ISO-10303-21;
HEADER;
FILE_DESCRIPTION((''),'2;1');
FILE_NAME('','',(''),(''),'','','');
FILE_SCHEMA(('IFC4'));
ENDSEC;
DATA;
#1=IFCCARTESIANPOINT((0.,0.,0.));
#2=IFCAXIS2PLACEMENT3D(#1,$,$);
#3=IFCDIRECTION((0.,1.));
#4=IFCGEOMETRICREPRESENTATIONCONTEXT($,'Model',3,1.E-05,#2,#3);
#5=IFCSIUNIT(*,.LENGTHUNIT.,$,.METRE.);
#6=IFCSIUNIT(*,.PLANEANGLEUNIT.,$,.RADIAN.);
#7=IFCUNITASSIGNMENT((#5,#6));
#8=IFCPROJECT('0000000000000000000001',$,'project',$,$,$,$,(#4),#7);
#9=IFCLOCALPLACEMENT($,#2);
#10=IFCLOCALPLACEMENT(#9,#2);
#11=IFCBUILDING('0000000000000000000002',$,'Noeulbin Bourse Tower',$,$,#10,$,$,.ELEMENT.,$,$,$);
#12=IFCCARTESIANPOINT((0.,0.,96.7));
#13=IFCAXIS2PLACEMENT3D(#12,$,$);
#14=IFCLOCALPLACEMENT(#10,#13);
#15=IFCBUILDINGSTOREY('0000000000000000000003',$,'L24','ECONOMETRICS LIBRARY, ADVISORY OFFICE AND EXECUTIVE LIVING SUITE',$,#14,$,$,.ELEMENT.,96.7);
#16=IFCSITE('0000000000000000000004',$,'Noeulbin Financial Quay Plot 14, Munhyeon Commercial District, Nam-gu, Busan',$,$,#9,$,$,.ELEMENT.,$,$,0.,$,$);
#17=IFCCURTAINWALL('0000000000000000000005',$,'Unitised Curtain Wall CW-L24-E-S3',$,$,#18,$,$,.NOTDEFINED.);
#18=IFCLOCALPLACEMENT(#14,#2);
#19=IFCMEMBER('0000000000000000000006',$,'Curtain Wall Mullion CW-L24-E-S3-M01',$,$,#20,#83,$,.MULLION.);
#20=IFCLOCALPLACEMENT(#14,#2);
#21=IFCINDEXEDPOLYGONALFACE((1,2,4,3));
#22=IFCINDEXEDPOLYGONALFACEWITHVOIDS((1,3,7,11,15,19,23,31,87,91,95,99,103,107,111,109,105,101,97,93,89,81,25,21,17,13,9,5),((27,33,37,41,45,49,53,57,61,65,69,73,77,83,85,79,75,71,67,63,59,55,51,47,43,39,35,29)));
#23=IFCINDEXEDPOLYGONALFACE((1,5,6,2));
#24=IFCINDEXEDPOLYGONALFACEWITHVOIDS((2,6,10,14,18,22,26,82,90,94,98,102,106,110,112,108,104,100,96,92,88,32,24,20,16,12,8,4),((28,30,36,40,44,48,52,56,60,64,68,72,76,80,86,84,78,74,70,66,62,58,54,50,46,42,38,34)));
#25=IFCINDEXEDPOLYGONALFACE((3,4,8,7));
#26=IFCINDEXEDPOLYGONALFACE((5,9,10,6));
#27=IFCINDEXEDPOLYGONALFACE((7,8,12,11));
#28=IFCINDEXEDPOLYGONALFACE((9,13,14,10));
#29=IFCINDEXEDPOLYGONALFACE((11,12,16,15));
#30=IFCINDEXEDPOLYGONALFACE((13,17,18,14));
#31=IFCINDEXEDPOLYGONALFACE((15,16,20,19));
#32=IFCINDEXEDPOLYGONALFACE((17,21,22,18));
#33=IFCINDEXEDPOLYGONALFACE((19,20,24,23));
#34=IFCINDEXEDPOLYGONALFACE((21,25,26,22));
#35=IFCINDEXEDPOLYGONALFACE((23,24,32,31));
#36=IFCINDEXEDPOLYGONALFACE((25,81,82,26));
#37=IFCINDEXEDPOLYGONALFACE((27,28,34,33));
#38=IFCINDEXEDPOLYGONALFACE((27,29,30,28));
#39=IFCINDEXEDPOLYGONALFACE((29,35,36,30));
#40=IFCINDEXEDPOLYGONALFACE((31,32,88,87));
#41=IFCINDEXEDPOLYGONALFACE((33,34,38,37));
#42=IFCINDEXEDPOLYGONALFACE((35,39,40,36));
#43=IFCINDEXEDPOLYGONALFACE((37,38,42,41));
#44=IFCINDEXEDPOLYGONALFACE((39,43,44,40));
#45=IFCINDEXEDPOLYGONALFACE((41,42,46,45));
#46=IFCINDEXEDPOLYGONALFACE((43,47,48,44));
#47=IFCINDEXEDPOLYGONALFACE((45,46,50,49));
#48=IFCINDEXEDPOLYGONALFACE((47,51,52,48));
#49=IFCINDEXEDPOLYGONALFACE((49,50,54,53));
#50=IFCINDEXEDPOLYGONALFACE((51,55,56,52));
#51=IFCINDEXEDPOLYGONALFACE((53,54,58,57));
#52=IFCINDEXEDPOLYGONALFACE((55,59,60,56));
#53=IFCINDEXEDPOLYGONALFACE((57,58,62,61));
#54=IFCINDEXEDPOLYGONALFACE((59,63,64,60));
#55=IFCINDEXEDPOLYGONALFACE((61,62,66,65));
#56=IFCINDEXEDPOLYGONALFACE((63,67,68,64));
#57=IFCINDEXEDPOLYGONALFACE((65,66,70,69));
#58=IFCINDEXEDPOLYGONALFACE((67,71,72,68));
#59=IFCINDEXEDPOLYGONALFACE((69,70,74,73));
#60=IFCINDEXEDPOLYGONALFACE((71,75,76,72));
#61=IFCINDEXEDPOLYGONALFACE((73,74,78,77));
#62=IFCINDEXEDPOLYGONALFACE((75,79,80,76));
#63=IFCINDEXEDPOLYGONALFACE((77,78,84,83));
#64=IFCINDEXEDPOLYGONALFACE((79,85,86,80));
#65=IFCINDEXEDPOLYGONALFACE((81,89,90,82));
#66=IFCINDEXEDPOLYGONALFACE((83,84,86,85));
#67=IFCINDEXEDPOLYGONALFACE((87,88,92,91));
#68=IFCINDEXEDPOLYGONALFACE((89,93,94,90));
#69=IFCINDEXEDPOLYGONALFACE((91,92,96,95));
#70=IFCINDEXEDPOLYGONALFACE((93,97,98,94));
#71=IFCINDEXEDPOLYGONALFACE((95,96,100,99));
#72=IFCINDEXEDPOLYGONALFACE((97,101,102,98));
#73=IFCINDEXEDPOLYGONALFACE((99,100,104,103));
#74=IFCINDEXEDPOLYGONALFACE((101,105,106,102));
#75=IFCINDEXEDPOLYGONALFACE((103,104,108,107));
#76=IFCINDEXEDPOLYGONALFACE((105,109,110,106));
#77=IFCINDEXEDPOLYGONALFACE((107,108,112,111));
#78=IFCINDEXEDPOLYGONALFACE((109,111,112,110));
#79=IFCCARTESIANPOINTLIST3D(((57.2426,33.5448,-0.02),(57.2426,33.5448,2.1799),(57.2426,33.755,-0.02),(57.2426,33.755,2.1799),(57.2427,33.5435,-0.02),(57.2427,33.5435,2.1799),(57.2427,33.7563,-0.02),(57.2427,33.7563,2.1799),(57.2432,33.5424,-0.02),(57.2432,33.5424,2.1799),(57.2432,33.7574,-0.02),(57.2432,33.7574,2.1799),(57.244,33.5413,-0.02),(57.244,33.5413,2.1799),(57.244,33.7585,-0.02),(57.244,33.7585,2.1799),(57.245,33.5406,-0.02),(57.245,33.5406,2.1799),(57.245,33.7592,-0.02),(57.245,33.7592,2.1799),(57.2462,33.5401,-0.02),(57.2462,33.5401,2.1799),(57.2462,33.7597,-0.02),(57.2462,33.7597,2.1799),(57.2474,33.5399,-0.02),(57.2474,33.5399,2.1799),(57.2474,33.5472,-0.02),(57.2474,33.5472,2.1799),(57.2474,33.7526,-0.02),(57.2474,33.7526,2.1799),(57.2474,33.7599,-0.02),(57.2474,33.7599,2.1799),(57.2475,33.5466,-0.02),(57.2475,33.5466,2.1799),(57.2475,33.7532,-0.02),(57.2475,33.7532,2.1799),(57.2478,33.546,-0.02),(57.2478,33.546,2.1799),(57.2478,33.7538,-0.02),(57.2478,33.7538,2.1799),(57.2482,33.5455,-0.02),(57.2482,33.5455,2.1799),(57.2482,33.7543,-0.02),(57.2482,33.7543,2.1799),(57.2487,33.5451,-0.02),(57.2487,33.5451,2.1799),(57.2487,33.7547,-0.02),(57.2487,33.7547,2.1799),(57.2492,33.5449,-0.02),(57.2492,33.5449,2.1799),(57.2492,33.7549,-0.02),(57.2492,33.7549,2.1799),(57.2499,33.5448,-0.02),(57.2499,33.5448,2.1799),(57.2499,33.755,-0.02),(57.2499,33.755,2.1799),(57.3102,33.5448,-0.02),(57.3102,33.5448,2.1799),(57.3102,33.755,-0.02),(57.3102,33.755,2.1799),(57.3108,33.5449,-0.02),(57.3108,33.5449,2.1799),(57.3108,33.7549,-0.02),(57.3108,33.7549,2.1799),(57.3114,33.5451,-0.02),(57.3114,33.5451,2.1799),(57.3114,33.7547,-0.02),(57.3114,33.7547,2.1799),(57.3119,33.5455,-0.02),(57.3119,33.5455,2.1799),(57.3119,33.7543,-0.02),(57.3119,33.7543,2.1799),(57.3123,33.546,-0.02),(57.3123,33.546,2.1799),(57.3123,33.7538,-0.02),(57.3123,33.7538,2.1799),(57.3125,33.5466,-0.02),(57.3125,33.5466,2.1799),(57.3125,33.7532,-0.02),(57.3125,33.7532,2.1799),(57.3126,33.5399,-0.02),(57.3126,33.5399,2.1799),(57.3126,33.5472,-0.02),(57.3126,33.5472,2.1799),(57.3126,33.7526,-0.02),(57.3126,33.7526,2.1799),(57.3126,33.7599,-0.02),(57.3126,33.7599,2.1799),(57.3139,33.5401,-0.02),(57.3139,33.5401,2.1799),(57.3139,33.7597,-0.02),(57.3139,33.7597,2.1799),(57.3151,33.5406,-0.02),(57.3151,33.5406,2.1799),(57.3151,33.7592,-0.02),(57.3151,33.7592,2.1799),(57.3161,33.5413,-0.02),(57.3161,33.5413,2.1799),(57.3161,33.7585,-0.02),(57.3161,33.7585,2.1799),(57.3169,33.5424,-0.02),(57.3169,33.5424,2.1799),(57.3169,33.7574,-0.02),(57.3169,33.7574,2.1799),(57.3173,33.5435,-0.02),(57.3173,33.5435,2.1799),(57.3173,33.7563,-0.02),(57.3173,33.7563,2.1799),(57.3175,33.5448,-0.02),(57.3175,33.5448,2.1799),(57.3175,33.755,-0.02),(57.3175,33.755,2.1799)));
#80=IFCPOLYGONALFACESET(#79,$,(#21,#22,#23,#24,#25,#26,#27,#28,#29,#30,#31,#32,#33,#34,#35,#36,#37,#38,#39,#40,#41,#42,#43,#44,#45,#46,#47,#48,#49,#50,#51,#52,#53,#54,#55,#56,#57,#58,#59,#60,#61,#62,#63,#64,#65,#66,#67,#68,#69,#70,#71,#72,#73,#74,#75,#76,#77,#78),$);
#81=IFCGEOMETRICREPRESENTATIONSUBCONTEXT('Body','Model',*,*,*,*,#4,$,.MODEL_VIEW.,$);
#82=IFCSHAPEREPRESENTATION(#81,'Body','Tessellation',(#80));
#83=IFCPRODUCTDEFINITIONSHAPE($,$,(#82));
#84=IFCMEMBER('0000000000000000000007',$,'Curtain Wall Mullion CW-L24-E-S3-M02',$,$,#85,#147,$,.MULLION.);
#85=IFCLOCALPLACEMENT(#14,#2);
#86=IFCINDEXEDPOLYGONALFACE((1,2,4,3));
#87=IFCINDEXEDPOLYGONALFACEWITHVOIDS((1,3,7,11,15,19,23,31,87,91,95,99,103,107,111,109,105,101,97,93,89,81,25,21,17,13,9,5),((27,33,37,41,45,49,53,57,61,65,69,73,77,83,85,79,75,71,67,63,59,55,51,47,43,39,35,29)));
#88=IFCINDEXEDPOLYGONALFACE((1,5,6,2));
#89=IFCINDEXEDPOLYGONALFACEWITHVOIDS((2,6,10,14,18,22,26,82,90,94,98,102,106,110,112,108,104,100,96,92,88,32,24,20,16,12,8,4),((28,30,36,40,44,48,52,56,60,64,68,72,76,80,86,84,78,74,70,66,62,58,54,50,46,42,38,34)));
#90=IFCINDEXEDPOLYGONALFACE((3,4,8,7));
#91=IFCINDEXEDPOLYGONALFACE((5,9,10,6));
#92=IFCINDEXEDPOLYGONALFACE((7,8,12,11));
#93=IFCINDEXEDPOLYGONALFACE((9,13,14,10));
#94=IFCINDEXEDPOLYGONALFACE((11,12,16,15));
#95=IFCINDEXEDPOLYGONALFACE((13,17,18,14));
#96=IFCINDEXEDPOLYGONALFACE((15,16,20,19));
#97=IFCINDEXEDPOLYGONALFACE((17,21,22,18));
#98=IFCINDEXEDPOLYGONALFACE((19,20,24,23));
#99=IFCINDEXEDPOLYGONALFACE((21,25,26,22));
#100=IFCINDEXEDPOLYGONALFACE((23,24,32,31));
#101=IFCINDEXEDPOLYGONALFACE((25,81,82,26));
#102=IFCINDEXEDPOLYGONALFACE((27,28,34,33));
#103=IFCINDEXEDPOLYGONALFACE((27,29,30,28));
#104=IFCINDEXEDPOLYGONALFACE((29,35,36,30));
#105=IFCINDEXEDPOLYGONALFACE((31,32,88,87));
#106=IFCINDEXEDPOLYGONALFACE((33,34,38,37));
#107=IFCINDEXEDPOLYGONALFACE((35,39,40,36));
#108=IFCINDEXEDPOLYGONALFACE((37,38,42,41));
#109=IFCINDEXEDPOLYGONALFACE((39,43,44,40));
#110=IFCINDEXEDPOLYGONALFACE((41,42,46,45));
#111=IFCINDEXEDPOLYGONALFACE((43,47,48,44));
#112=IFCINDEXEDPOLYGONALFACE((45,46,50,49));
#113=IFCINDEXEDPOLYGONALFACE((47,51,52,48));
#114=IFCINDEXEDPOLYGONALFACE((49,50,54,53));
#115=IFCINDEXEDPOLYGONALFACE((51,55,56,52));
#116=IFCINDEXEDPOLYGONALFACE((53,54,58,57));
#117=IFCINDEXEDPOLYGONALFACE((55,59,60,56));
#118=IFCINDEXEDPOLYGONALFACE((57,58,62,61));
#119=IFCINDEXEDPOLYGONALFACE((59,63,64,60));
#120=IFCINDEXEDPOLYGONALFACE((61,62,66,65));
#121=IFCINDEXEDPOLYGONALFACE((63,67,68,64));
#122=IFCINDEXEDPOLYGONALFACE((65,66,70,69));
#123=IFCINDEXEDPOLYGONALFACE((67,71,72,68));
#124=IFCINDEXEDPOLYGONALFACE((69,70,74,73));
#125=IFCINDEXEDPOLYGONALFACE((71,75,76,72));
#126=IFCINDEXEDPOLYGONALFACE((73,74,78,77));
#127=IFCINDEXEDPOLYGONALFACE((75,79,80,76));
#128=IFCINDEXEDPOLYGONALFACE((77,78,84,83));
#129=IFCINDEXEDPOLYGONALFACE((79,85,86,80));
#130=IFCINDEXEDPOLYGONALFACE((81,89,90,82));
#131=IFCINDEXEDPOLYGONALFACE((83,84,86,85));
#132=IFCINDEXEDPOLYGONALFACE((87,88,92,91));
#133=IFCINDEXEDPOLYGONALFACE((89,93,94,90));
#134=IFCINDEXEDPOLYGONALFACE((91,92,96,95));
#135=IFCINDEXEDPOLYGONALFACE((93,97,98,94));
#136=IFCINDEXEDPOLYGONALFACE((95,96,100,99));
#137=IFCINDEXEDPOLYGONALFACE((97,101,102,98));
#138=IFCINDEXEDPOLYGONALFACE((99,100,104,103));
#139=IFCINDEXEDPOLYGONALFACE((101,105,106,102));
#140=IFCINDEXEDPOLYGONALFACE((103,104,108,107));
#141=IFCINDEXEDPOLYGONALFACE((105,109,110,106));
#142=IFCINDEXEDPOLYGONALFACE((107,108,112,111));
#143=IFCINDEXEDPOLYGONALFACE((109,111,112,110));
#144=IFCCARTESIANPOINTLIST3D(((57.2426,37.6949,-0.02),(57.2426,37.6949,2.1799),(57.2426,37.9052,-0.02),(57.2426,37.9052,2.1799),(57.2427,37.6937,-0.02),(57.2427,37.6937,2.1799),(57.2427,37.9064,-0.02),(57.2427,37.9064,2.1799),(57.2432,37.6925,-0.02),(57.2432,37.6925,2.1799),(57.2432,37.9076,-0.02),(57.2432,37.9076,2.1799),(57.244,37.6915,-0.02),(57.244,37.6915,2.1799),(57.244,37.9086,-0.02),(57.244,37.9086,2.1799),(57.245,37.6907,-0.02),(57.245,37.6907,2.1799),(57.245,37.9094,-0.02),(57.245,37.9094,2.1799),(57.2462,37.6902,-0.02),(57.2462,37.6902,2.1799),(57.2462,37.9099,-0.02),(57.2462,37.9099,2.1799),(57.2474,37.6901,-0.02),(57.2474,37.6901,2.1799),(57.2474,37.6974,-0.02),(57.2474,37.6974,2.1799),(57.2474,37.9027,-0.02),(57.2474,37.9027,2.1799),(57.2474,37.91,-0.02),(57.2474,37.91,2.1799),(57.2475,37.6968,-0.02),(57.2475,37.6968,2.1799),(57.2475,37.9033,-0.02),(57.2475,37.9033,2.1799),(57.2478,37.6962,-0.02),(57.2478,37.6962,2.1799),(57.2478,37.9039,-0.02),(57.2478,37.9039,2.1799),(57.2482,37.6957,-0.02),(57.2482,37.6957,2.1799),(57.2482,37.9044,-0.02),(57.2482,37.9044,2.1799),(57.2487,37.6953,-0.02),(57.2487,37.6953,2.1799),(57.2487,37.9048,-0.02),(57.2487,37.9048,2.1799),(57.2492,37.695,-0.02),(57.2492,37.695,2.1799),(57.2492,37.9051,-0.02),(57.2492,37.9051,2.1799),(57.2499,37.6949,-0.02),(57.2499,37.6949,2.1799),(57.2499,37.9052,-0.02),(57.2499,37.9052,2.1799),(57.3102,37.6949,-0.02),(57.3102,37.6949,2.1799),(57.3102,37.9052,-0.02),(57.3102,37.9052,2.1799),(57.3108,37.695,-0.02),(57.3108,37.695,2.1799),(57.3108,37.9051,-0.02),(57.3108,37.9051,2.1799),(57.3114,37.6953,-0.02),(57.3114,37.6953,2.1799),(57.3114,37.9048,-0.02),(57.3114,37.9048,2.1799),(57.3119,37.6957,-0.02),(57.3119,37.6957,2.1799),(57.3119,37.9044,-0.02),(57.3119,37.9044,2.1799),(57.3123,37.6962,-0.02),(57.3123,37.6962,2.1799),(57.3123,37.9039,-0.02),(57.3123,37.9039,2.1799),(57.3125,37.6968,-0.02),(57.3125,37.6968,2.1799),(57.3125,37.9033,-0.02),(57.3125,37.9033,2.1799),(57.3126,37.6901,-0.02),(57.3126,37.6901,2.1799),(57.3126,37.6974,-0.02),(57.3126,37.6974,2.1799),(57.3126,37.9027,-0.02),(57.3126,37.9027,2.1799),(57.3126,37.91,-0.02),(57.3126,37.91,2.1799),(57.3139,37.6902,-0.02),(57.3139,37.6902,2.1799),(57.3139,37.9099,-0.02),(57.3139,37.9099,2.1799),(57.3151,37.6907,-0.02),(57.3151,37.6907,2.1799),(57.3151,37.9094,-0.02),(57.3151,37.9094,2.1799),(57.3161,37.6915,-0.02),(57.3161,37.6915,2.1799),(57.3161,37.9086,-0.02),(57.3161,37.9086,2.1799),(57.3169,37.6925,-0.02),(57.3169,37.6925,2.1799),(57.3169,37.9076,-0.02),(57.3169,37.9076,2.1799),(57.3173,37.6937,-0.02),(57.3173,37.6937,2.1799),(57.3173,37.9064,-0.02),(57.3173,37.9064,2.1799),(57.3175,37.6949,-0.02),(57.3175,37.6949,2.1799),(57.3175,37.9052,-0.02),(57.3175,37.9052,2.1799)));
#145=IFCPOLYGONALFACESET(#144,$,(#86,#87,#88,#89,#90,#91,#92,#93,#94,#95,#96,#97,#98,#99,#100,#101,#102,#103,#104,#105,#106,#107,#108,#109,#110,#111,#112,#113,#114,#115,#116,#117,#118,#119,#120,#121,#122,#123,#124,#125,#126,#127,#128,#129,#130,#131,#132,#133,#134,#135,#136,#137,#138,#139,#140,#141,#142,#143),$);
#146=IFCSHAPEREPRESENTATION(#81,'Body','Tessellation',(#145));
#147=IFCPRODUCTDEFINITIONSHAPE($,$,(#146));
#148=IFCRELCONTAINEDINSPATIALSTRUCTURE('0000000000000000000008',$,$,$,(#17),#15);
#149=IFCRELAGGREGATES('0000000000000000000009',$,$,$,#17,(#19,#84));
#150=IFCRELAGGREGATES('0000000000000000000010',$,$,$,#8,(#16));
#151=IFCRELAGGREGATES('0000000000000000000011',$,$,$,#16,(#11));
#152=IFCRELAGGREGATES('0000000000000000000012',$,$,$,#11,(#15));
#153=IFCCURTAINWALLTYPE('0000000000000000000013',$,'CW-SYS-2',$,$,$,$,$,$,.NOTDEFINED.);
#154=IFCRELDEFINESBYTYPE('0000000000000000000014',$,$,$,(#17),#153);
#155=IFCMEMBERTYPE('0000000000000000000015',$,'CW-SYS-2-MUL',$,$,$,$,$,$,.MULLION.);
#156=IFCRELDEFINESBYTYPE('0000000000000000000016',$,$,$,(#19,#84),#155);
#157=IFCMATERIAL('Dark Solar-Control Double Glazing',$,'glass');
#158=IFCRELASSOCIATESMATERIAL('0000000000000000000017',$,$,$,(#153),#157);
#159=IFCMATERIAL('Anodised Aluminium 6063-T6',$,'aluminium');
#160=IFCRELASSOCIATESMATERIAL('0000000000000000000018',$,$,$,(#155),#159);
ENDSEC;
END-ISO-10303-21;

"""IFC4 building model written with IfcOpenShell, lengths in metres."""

from ifc_helpers import new_model, si_unit, direction, frame, origin, origin_2d, place, context, subcontext, project, spatial, hollow_rectangle, extrude, material, material_profile, profile_set, type_object, element, aggregate, save


model = new_model("IFC4")

# Units and contexts
model_context = context("Model", 3, precision=1e-05, world=origin(), true_north=direction((0.0, 1.0)))
body_context = subcontext(model_context, "Body", "Model", "MODEL_VIEW")
ifc_project = project(units=[si_unit("LENGTHUNIT", "METRE"), si_unit("PLANEANGLEUNIT", "RADIAN")], contexts=[model_context])

# Site, building, storey
site_placement = place(None, origin())
site = spatial("IfcSite", under=ifc_project, at=site_placement, Name="Noeulbin Financial Quay Plot 14, Munhyeon Commercial District, Nam-gu, Busan", CompositionType="ELEMENT", RefElevation=0.0)
building_placement = place(site_placement, origin())
building = spatial("IfcBuilding", under=site, at=building_placement, Name="Noeulbin Bourse Tower", CompositionType="ELEMENT")
storey_placement = place(building_placement, frame((0.0, 0.0, 96.7)))
storey = spatial("IfcBuildingStorey", under=building, at=storey_placement, Name="L24", Description="ECONOMETRICS LIBRARY, ADVISORY OFFICE AND EXECUTIVE LIVING SUITE", CompositionType="ELEMENT", Elevation=96.7)

# Shared definitions
ifc_material_1 = material(Name="Dark Solar-Control Double Glazing", Category="glass")
curtain_wall_type = type_object("IfcCurtainWallType", Name="CW-SYS-2", PredefinedType="NOTDEFINED", material=ifc_material_1)
ifc_material_2 = material(Name="Anodised Aluminium 6063-T6", Category="aluminium")
ifc_material_profile_1 = material_profile(ifc_material_2, hollow_rectangle(XDim=0.075, YDim=0.22, WallThickness=0.0049, InnerFilletRadius=0.0024, OuterFilletRadius=0.0049, at=origin_2d()), Name="ALU-MULL-75x220x5", Category="LoadBearing")
ifc_profile_set_1 = profile_set([ifc_material_profile_1], Name="Anodised Aluminium 6063-T6")
member_type_1 = type_object("IfcMemberType", Name="CW-SYS-2-MUL", PredefinedType="MULLION", material=ifc_profile_set_1)

# Curtain wall, members
curtain_wall_1_placement = place(storey_placement, origin())
curtain_wall_1 = element("IfcCurtainWall", 1, at=curtain_wall_1_placement, inside=storey, type_object=curtain_wall_type, Name="Unitised Curtain Wall CW-L24-E-S3", PredefinedType="NOTDEFINED")
member_1_placement = place(storey_placement, frame((57.28, 33.6499, -0.02), z_axis=(0.0, 0.0, 1.0), x_axis=(1.0, 0.0, 0.0)))
member_1 = element("IfcMember", 2, at=member_1_placement, type_object=member_type_1, Name="Curtain Wall Mullion CW-L24-E-S3-M01", PredefinedType="MULLION", context=body_context, shape_type="SweptSolid", body=[
    extrude(hollow_rectangle(XDim=0.075, YDim=0.22, WallThickness=0.0049, InnerFilletRadius=0.0024, OuterFilletRadius=0.0049, at=origin_2d()), origin(), (0.0, 0.0, 1.0), 2.2),
])
member_2_placement = place(storey_placement, frame((57.28, 37.8, -0.02), z_axis=(0.0, 0.0, 1.0), x_axis=(1.0, 0.0, 0.0)))
member_2 = element("IfcMember", 3, at=member_2_placement, type_object=member_type_1, Name="Curtain Wall Mullion CW-L24-E-S3-M02", PredefinedType="MULLION", context=body_context, shape_type="SweptSolid", body=[
    extrude(hollow_rectangle(XDim=0.075, YDim=0.22, WallThickness=0.0049, InnerFilletRadius=0.0024, OuterFilletRadius=0.0049, at=origin_2d()), origin(), (0.0, 0.0, 1.0), 2.2),
])

aggregate(curtain_wall_1, [member_1, member_2])

save(model, "model.ifc")
